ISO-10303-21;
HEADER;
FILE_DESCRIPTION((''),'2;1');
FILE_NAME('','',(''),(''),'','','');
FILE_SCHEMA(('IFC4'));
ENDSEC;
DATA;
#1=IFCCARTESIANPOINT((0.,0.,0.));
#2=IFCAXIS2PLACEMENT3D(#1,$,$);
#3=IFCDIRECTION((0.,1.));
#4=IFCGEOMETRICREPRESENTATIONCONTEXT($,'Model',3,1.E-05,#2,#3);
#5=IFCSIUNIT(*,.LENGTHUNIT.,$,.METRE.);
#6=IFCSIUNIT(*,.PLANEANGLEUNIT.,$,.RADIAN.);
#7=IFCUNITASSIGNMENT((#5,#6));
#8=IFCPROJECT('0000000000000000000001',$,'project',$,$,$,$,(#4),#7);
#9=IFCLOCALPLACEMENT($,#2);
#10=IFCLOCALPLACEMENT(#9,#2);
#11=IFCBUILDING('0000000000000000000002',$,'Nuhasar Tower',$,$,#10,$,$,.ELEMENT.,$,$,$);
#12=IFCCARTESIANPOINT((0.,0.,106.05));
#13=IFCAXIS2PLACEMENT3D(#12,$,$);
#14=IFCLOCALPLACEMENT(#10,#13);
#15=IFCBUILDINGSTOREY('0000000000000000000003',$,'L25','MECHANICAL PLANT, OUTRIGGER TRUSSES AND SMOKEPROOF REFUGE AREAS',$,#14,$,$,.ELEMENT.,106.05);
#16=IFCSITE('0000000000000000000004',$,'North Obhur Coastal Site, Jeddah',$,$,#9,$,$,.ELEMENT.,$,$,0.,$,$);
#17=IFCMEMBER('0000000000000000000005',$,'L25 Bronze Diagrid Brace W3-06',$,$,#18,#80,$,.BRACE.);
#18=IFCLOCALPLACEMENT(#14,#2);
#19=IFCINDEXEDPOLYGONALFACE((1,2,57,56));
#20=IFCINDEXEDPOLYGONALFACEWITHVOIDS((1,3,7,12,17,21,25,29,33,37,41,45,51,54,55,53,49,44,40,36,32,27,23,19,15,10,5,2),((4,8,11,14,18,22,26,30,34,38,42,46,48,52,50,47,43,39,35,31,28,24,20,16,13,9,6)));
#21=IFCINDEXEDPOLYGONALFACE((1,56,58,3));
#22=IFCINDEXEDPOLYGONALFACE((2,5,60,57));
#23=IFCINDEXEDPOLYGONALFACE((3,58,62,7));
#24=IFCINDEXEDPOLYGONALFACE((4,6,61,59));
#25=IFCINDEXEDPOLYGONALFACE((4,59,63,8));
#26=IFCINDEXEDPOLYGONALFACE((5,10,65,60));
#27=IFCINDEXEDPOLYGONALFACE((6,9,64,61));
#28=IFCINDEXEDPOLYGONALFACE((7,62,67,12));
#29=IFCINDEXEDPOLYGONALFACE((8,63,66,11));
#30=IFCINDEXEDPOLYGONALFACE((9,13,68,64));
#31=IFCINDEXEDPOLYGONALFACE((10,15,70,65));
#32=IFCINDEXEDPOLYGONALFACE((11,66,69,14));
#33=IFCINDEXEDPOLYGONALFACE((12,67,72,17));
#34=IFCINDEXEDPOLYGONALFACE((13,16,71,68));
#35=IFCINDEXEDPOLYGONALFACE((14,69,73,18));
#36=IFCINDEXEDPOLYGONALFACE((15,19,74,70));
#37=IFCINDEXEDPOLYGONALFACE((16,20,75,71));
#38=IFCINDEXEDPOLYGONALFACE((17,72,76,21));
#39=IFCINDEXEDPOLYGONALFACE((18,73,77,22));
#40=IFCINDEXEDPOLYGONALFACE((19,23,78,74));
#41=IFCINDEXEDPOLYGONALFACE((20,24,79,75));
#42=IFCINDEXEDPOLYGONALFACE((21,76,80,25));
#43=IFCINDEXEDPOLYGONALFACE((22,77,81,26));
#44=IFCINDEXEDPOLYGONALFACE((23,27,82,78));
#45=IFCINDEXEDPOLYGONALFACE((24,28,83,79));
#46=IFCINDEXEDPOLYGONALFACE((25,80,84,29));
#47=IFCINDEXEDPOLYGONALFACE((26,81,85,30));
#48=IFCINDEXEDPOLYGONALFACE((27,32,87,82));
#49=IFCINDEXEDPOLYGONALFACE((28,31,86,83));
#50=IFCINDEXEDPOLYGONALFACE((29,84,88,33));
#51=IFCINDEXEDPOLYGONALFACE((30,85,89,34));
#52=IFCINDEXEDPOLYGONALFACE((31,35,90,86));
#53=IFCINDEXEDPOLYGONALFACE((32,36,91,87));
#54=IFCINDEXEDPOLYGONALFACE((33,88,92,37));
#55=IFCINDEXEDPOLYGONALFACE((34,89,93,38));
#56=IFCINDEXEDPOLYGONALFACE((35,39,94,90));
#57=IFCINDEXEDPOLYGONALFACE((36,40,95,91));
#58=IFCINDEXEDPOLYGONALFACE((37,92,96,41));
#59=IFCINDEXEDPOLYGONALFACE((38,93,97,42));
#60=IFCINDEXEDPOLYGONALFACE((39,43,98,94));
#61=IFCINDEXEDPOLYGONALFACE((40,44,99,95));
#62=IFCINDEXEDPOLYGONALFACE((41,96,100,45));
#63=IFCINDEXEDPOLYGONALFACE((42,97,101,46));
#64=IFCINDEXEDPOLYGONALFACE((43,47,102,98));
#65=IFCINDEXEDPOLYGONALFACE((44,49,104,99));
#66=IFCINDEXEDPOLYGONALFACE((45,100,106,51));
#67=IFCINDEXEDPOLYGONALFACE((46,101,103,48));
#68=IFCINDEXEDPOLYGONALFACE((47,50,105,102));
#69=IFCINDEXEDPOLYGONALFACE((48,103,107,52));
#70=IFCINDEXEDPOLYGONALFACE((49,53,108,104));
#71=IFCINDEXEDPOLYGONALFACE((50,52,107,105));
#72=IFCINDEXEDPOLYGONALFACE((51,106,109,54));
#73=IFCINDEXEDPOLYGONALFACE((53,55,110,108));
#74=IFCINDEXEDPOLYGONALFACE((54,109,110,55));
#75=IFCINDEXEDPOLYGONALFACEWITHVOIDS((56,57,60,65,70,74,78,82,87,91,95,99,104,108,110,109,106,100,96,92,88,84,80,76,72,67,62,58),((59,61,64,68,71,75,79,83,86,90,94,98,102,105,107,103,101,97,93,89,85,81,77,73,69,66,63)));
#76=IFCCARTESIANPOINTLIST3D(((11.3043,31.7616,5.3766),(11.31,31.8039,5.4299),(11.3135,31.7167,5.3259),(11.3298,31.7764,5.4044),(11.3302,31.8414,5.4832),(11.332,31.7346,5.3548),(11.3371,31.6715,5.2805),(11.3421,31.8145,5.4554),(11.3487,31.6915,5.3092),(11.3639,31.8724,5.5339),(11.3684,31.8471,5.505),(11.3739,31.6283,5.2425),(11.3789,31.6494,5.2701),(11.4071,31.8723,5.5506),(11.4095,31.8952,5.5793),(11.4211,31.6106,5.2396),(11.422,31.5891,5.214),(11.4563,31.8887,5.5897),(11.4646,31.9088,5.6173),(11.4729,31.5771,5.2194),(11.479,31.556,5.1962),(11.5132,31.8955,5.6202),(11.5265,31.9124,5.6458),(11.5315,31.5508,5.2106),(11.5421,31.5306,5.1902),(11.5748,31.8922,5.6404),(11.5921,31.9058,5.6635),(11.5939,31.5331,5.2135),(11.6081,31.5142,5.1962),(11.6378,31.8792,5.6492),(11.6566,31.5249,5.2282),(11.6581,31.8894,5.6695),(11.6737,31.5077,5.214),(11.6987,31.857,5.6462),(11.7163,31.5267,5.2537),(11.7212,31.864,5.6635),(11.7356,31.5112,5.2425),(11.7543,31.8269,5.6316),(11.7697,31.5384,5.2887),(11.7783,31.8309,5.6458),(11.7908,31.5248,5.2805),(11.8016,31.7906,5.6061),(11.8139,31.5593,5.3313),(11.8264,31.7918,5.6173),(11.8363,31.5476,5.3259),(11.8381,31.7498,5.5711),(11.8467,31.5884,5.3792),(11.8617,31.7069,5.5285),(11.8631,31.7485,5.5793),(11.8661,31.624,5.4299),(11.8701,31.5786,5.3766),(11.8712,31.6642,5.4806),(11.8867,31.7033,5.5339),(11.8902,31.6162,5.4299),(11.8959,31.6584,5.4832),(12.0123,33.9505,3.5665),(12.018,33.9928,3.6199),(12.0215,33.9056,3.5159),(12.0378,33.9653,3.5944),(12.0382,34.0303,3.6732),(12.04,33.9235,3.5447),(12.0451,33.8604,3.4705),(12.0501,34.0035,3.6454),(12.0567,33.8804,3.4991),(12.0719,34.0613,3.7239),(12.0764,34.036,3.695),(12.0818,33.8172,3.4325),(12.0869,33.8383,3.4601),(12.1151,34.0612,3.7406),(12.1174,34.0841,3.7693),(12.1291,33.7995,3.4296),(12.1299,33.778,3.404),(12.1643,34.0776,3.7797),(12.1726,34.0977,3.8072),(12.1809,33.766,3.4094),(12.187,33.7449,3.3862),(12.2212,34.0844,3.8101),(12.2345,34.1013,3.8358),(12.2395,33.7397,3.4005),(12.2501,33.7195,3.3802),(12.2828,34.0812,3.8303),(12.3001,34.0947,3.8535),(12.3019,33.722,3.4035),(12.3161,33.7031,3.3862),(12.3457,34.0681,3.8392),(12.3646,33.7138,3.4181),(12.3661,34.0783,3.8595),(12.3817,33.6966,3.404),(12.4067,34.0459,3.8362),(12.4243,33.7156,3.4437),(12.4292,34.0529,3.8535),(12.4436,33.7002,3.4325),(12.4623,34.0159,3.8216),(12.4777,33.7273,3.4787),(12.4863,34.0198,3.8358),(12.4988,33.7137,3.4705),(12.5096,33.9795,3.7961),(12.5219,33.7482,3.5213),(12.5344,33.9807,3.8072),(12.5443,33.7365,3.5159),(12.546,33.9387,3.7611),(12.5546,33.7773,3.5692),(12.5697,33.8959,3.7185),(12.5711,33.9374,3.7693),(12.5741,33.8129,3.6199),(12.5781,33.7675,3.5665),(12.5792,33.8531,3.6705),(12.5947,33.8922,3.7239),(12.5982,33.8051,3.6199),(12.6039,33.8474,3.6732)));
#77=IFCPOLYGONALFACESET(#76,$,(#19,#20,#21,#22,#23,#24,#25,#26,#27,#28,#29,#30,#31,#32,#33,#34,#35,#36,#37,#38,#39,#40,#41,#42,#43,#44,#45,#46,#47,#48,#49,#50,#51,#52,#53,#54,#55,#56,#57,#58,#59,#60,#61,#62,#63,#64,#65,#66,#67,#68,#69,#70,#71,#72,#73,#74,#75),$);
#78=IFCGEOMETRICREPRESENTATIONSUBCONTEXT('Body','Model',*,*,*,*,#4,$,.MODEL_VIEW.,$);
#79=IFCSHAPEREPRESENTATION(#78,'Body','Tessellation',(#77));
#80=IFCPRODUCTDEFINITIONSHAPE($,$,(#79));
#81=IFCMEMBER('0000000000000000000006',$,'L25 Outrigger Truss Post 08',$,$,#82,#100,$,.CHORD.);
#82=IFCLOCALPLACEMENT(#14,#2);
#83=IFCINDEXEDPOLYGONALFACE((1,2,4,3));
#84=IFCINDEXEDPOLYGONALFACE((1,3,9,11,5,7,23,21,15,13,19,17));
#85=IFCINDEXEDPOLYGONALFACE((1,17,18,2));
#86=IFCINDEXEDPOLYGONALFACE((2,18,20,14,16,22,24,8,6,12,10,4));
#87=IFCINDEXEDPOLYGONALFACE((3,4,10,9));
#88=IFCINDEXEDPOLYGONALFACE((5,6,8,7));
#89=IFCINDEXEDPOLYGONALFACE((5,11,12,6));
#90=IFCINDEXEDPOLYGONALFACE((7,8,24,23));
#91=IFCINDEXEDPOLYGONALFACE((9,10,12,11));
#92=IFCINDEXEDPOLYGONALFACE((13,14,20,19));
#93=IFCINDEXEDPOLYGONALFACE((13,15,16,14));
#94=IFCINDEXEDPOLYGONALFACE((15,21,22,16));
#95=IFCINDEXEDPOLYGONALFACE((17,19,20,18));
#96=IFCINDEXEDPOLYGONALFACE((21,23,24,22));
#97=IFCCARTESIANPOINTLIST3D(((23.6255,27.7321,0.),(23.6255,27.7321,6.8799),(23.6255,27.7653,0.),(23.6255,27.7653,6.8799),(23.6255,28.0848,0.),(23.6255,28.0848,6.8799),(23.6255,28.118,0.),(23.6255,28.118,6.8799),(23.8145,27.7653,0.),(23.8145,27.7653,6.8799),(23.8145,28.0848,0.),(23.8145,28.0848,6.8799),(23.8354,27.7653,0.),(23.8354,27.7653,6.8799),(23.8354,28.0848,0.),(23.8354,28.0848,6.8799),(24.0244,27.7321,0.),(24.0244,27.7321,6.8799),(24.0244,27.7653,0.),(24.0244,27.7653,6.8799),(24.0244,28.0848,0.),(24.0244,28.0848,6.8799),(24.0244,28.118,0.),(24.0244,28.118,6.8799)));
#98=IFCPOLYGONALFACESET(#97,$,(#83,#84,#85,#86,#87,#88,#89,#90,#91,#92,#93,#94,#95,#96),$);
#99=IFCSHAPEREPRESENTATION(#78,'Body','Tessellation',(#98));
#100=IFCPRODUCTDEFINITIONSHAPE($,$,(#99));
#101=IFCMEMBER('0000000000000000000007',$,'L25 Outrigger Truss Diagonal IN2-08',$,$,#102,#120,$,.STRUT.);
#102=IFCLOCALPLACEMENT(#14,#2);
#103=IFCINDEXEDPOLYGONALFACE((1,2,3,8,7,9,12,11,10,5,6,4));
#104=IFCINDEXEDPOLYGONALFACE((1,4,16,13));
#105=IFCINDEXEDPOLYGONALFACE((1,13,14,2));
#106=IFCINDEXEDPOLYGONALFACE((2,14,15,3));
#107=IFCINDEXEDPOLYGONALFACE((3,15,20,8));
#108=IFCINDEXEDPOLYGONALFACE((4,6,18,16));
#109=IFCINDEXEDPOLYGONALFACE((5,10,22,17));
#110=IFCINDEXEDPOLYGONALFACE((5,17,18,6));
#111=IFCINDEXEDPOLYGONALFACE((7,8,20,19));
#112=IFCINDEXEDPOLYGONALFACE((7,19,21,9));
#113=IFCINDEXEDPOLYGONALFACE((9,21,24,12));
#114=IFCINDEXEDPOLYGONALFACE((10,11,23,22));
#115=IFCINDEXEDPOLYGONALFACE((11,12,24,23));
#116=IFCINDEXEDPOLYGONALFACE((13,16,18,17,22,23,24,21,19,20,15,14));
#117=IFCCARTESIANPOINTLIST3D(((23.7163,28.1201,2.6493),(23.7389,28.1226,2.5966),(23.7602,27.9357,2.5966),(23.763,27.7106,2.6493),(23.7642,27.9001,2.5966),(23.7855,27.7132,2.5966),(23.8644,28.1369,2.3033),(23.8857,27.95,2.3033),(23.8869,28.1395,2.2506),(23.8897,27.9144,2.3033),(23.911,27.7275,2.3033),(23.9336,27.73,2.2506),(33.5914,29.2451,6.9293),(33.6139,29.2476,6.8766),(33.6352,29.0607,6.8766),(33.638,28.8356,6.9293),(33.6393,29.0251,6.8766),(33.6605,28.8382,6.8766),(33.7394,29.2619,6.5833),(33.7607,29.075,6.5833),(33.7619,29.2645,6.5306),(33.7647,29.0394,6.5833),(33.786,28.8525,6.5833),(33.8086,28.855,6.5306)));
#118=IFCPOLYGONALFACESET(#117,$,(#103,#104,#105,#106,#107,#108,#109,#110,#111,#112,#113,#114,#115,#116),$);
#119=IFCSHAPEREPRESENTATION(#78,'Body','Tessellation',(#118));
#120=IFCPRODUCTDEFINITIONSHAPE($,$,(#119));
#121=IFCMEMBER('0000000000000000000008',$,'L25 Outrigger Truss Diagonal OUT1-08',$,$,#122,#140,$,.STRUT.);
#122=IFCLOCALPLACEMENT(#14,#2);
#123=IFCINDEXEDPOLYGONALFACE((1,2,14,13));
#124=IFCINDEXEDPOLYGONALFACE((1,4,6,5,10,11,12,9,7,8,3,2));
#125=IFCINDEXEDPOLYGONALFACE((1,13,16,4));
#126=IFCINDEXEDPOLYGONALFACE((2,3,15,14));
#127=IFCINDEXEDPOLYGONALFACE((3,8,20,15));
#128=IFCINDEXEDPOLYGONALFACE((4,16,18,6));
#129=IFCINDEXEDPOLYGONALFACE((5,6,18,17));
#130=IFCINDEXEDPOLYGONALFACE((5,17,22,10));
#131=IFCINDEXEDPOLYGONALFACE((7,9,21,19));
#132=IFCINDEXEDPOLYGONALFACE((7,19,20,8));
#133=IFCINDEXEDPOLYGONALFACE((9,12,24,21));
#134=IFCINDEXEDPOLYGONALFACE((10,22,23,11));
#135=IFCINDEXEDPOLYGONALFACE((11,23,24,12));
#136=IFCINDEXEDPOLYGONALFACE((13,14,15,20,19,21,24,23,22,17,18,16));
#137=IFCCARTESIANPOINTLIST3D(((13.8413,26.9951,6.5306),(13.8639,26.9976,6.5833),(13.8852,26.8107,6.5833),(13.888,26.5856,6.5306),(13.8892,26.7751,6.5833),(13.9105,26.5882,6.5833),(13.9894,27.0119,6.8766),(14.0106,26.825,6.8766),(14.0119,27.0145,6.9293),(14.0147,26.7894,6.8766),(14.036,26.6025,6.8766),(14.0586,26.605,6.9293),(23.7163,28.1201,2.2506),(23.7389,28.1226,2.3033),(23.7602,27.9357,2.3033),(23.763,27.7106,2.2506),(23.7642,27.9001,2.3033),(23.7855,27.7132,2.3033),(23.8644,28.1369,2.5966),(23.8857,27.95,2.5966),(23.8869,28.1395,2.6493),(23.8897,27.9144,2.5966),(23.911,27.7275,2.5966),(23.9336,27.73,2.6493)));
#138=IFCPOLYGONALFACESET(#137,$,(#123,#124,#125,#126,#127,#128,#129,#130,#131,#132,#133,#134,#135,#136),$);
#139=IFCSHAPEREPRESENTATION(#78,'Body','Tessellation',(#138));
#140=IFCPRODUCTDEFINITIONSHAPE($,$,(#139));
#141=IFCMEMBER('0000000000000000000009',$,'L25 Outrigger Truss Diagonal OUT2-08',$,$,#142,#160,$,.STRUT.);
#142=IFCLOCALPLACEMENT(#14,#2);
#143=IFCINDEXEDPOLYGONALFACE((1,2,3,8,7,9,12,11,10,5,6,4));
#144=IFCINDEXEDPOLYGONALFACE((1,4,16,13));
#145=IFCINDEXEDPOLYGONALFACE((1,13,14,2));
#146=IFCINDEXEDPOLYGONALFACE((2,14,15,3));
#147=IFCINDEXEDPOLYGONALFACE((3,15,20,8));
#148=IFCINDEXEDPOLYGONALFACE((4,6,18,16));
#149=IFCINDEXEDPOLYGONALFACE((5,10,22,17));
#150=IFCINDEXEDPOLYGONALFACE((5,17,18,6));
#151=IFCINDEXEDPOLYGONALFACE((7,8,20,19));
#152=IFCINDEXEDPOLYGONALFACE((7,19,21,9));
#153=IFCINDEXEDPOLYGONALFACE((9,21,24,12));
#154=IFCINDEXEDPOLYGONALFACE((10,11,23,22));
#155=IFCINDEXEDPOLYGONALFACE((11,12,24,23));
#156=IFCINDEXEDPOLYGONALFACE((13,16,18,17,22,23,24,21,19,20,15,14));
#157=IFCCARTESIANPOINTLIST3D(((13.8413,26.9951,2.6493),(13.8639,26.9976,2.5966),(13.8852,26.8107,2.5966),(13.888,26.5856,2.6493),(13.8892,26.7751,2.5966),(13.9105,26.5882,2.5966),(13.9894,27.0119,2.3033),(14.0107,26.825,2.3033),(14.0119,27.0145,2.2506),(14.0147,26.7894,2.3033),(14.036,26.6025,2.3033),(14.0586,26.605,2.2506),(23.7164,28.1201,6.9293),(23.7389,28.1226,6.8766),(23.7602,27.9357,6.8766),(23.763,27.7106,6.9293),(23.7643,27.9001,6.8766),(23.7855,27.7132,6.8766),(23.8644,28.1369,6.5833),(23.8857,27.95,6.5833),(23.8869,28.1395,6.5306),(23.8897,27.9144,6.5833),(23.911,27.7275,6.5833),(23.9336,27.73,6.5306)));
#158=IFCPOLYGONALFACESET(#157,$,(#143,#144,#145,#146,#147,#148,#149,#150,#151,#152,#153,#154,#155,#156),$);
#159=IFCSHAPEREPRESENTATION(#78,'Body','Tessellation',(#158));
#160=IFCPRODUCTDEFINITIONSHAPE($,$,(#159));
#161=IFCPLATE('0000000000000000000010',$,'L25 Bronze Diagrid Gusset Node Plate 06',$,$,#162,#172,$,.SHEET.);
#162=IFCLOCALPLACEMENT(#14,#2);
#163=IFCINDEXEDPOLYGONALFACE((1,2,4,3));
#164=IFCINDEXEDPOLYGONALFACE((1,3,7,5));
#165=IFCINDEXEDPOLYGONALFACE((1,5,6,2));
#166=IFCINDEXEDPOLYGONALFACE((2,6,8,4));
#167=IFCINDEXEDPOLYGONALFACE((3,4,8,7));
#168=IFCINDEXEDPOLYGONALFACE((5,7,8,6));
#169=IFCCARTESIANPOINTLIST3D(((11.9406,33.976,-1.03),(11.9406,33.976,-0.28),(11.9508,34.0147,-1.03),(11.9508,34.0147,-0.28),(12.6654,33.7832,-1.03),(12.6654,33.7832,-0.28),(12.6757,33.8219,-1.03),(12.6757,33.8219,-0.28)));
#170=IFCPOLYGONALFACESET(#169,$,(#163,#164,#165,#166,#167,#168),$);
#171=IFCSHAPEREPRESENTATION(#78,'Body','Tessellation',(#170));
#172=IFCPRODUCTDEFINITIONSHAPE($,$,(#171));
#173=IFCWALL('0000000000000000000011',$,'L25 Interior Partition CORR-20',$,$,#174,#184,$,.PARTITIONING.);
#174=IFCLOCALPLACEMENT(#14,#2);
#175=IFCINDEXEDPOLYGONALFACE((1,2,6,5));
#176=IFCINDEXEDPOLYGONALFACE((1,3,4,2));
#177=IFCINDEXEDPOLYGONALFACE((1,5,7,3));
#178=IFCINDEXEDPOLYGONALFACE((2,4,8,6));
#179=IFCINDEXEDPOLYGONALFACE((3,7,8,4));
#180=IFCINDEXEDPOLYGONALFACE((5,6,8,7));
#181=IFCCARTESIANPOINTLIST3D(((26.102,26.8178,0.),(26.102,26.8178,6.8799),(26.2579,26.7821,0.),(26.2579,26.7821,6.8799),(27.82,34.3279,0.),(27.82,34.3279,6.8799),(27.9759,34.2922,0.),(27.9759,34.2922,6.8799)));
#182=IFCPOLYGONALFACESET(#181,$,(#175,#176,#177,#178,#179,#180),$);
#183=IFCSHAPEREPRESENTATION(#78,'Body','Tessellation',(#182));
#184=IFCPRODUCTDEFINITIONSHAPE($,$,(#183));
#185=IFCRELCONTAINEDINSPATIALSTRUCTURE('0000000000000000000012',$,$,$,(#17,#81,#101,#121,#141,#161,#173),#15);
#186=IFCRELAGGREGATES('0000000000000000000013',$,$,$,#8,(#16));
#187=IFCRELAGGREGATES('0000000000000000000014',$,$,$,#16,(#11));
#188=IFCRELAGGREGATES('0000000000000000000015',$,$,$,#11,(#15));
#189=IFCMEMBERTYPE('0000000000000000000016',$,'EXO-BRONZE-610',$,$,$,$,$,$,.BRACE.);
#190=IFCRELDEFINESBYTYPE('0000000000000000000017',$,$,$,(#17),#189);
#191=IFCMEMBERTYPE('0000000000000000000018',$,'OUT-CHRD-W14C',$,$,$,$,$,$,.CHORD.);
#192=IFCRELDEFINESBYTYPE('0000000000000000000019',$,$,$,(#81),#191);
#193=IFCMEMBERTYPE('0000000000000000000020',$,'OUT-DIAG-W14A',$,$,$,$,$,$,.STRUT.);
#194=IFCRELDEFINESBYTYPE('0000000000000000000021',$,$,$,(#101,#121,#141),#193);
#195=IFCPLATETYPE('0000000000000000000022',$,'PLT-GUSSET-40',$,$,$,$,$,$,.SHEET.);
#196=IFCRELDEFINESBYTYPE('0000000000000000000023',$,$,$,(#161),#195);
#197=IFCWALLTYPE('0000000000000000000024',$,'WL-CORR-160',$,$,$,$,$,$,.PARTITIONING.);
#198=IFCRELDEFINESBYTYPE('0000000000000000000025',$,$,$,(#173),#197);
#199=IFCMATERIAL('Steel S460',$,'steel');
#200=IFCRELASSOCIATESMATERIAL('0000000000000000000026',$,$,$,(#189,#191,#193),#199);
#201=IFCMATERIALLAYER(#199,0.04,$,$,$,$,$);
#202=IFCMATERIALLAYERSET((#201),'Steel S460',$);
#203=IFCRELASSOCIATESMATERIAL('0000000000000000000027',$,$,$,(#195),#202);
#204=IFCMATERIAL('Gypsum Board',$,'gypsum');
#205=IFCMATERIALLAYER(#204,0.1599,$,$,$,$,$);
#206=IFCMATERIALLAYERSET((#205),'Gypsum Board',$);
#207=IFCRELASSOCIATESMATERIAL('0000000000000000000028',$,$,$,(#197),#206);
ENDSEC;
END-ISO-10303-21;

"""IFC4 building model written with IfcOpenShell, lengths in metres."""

from ifc_helpers import new_model, si_unit, direction, frame, frame_2d, origin, origin_2d, place, context, subcontext, project, spatial, rectangle, hollow_circle, i_section, extrude, material, layer, layer_set, material_profile, profile_set, type_object, element, save


model = new_model("IFC4")

# Units and contexts
model_context = context("Model", 3, precision=1e-05, world=origin(), true_north=direction((0.0, 1.0)))
body_context = subcontext(model_context, "Body", "Model", "MODEL_VIEW")
ifc_project = project(units=[si_unit("LENGTHUNIT", "METRE"), si_unit("PLANEANGLEUNIT", "RADIAN")], contexts=[model_context])

# Site, building, storey
site_placement = place(None, origin())
site = spatial("IfcSite", under=ifc_project, at=site_placement, Name="North Obhur Coastal Site, Jeddah", CompositionType="ELEMENT", RefElevation=0.0)
building_placement = place(site_placement, origin())
building = spatial("IfcBuilding", under=site, at=building_placement, Name="Nuhasar Tower", CompositionType="ELEMENT")
storey_placement = place(building_placement, frame((0.0, 0.0, 106.05)))
storey = spatial("IfcBuildingStorey", under=building, at=storey_placement, Name="L25", Description="MECHANICAL PLANT, OUTRIGGER TRUSSES AND SMOKEPROOF REFUGE AREAS", CompositionType="ELEMENT", Elevation=106.05)

# Shared definitions
ifc_material_1 = material(Name="Steel S460", Category="steel")

# Members
ifc_material_profile_1 = material_profile(ifc_material_1, hollow_circle(Radius=0.3049, WallThickness=0.0254, at=origin_2d()), Name="HSS610X25.4")
ifc_profile_set_1 = profile_set([ifc_material_profile_1], Name="Steel S460")
member_type_1 = type_object("IfcMemberType", Name="EXO-BRONZE-610", PredefinedType="BRACE", material=ifc_profile_set_1)
for number, where, z_axis, x_axis, name in (
    (1, (12.3081, 33.8989, 3.6199), (-0.241863, -0.747773, 0.618335), (0.951468, -0.307747, 0.0), "L25 Bronze Diagrid Brace W3-06"),
):
    element("IfcMember", number, at=place(storey_placement, frame(where, z_axis=z_axis, x_axis=x_axis)), inside=storey, type_object=member_type_1, Name=name, PredefinedType="BRACE", context=body_context, shape_type="SweptSolid", body=[
        extrude(hollow_circle(Radius=0.3049, WallThickness=0.0254, at=origin_2d()), origin(), (0.0, 0.0, 1.0), 2.9272),
    ])
ifc_material_profile_2 = material_profile(ifc_material_1, i_section(OverallWidth=0.3989, OverallDepth=0.386, WebThickness=0.021, FlangeThickness=0.0332, at=origin_2d()), Name="W14X176")
ifc_profile_set_2 = profile_set([ifc_material_profile_2], Name="Steel S460")
member_type_2 = type_object("IfcMemberType", Name="OUT-CHRD-W14C", PredefinedType="CHORD", material=ifc_profile_set_2)
member_1_placement = place(storey_placement, frame((23.825, 27.925, 0.0), z_axis=(0.0, 0.0, 1.0), x_axis=(1.0, 0.0, 0.0)))
element("IfcMember", 2, at=member_1_placement, inside=storey, type_object=member_type_2, Name="L25 Outrigger Truss Post 08", PredefinedType="CHORD", context=body_context, shape_type="SweptSolid", body=[
    extrude(i_section(OverallWidth=0.3989, OverallDepth=0.386, WebThickness=0.021, FlangeThickness=0.0332, at=origin_2d()), origin(), (0.0, 0.0, 1.0), 6.8799),
])
ifc_material_profile_3 = material_profile(ifc_material_1, i_section(OverallWidth=0.4121, OverallDepth=0.4341, WebThickness=0.0359, FlangeThickness=0.0574, at=origin_2d()), Name="W14X311")
ifc_profile_set_3 = profile_set([ifc_material_profile_3], Name="Steel S460")
member_type_3 = type_object("IfcMemberType", Name="OUT-DIAG-W14A", PredefinedType="STRUT", material=ifc_profile_set_3)
for number, where, z_axis, x_axis, name in (
    (3, (23.825, 27.925, 2.45), (0.912555, 0.103962, 0.39552), (-0.113192, 0.993573, 0.0), "L25 Outrigger Truss Diagonal IN2-08"),
    (4, (23.825, 27.925, 2.45), (-0.912555, -0.103962, 0.39552), (0.113192, -0.993573, 0.0), "L25 Outrigger Truss Diagonal OUT1-08"),
    (5, (13.95, 26.8, 2.45), (0.912555, 0.103962, 0.39552), (-0.113192, 0.993573, 0.0), "L25 Outrigger Truss Diagonal OUT2-08"),
):
    element("IfcMember", number, at=place(storey_placement, frame(where, z_axis=z_axis, x_axis=x_axis)), inside=storey, type_object=member_type_3, Name=name, PredefinedType="STRUT", context=body_context, shape_type="SweptSolid", body=[
        extrude(i_section(OverallWidth=0.4121, OverallDepth=0.4341, WebThickness=0.0359, FlangeThickness=0.0574, at=origin_2d()), origin(), (0.0, 0.0, 1.0), 10.8213),
    ])

# Plate
ifc_layer_1 = layer(ifc_material_1, 0.04)
ifc_layer_set_1 = layer_set([ifc_layer_1], Name="Steel S460")
plate_type = type_object("IfcPlateType", Name="PLT-GUSSET-40", PredefinedType="SHEET", material=ifc_layer_set_1)
plate_placement = place(storey_placement, frame((12.3081, 33.8989, -1.03), z_axis=(0.0, 0.0, 1.0), x_axis=(-0.966403, 0.257032, 0.0)))
element("IfcPlate", 6, at=plate_placement, inside=storey, type_object=plate_type, Name="L25 Bronze Diagrid Gusset Node Plate 06", PredefinedType="SHEET", context=body_context, shape_type="SweptSolid", body=[
    extrude(rectangle(XDim=0.75, YDim=0.04, at=origin_2d()), origin(), (0.0, 0.0, 1.0), 0.75),
])

# Wall
ifc_material_2 = material(Name="Gypsum Board", Category="gypsum")
ifc_layer_2 = layer(ifc_material_2, 0.1599)
ifc_layer_set_2 = layer_set([ifc_layer_2], Name="Gypsum Board")
wall_type_1 = type_object("IfcWallType", Name="WL-CORR-160", PredefinedType="PARTITIONING", material=ifc_layer_set_2)
wall_1_placement = place(storey_placement, frame((27.8979, 34.3101, 0.0), z_axis=(0.0, 0.0, 1.0), x_axis=(-0.223003, -0.974818, 0.0)))
element("IfcWall", 7, at=wall_1_placement, inside=storey, type_object=wall_type_1, Name="L25 Interior Partition CORR-20", PredefinedType="PARTITIONING", context=body_context, shape_type="SweptSolid", body=[
    extrude(rectangle(XDim=7.7041, YDim=0.1599, at=frame_2d((3.8521, 0.0))), origin(), (0.0, 0.0, 1.0), 6.8799),
])

save(model, "model.ifc")
